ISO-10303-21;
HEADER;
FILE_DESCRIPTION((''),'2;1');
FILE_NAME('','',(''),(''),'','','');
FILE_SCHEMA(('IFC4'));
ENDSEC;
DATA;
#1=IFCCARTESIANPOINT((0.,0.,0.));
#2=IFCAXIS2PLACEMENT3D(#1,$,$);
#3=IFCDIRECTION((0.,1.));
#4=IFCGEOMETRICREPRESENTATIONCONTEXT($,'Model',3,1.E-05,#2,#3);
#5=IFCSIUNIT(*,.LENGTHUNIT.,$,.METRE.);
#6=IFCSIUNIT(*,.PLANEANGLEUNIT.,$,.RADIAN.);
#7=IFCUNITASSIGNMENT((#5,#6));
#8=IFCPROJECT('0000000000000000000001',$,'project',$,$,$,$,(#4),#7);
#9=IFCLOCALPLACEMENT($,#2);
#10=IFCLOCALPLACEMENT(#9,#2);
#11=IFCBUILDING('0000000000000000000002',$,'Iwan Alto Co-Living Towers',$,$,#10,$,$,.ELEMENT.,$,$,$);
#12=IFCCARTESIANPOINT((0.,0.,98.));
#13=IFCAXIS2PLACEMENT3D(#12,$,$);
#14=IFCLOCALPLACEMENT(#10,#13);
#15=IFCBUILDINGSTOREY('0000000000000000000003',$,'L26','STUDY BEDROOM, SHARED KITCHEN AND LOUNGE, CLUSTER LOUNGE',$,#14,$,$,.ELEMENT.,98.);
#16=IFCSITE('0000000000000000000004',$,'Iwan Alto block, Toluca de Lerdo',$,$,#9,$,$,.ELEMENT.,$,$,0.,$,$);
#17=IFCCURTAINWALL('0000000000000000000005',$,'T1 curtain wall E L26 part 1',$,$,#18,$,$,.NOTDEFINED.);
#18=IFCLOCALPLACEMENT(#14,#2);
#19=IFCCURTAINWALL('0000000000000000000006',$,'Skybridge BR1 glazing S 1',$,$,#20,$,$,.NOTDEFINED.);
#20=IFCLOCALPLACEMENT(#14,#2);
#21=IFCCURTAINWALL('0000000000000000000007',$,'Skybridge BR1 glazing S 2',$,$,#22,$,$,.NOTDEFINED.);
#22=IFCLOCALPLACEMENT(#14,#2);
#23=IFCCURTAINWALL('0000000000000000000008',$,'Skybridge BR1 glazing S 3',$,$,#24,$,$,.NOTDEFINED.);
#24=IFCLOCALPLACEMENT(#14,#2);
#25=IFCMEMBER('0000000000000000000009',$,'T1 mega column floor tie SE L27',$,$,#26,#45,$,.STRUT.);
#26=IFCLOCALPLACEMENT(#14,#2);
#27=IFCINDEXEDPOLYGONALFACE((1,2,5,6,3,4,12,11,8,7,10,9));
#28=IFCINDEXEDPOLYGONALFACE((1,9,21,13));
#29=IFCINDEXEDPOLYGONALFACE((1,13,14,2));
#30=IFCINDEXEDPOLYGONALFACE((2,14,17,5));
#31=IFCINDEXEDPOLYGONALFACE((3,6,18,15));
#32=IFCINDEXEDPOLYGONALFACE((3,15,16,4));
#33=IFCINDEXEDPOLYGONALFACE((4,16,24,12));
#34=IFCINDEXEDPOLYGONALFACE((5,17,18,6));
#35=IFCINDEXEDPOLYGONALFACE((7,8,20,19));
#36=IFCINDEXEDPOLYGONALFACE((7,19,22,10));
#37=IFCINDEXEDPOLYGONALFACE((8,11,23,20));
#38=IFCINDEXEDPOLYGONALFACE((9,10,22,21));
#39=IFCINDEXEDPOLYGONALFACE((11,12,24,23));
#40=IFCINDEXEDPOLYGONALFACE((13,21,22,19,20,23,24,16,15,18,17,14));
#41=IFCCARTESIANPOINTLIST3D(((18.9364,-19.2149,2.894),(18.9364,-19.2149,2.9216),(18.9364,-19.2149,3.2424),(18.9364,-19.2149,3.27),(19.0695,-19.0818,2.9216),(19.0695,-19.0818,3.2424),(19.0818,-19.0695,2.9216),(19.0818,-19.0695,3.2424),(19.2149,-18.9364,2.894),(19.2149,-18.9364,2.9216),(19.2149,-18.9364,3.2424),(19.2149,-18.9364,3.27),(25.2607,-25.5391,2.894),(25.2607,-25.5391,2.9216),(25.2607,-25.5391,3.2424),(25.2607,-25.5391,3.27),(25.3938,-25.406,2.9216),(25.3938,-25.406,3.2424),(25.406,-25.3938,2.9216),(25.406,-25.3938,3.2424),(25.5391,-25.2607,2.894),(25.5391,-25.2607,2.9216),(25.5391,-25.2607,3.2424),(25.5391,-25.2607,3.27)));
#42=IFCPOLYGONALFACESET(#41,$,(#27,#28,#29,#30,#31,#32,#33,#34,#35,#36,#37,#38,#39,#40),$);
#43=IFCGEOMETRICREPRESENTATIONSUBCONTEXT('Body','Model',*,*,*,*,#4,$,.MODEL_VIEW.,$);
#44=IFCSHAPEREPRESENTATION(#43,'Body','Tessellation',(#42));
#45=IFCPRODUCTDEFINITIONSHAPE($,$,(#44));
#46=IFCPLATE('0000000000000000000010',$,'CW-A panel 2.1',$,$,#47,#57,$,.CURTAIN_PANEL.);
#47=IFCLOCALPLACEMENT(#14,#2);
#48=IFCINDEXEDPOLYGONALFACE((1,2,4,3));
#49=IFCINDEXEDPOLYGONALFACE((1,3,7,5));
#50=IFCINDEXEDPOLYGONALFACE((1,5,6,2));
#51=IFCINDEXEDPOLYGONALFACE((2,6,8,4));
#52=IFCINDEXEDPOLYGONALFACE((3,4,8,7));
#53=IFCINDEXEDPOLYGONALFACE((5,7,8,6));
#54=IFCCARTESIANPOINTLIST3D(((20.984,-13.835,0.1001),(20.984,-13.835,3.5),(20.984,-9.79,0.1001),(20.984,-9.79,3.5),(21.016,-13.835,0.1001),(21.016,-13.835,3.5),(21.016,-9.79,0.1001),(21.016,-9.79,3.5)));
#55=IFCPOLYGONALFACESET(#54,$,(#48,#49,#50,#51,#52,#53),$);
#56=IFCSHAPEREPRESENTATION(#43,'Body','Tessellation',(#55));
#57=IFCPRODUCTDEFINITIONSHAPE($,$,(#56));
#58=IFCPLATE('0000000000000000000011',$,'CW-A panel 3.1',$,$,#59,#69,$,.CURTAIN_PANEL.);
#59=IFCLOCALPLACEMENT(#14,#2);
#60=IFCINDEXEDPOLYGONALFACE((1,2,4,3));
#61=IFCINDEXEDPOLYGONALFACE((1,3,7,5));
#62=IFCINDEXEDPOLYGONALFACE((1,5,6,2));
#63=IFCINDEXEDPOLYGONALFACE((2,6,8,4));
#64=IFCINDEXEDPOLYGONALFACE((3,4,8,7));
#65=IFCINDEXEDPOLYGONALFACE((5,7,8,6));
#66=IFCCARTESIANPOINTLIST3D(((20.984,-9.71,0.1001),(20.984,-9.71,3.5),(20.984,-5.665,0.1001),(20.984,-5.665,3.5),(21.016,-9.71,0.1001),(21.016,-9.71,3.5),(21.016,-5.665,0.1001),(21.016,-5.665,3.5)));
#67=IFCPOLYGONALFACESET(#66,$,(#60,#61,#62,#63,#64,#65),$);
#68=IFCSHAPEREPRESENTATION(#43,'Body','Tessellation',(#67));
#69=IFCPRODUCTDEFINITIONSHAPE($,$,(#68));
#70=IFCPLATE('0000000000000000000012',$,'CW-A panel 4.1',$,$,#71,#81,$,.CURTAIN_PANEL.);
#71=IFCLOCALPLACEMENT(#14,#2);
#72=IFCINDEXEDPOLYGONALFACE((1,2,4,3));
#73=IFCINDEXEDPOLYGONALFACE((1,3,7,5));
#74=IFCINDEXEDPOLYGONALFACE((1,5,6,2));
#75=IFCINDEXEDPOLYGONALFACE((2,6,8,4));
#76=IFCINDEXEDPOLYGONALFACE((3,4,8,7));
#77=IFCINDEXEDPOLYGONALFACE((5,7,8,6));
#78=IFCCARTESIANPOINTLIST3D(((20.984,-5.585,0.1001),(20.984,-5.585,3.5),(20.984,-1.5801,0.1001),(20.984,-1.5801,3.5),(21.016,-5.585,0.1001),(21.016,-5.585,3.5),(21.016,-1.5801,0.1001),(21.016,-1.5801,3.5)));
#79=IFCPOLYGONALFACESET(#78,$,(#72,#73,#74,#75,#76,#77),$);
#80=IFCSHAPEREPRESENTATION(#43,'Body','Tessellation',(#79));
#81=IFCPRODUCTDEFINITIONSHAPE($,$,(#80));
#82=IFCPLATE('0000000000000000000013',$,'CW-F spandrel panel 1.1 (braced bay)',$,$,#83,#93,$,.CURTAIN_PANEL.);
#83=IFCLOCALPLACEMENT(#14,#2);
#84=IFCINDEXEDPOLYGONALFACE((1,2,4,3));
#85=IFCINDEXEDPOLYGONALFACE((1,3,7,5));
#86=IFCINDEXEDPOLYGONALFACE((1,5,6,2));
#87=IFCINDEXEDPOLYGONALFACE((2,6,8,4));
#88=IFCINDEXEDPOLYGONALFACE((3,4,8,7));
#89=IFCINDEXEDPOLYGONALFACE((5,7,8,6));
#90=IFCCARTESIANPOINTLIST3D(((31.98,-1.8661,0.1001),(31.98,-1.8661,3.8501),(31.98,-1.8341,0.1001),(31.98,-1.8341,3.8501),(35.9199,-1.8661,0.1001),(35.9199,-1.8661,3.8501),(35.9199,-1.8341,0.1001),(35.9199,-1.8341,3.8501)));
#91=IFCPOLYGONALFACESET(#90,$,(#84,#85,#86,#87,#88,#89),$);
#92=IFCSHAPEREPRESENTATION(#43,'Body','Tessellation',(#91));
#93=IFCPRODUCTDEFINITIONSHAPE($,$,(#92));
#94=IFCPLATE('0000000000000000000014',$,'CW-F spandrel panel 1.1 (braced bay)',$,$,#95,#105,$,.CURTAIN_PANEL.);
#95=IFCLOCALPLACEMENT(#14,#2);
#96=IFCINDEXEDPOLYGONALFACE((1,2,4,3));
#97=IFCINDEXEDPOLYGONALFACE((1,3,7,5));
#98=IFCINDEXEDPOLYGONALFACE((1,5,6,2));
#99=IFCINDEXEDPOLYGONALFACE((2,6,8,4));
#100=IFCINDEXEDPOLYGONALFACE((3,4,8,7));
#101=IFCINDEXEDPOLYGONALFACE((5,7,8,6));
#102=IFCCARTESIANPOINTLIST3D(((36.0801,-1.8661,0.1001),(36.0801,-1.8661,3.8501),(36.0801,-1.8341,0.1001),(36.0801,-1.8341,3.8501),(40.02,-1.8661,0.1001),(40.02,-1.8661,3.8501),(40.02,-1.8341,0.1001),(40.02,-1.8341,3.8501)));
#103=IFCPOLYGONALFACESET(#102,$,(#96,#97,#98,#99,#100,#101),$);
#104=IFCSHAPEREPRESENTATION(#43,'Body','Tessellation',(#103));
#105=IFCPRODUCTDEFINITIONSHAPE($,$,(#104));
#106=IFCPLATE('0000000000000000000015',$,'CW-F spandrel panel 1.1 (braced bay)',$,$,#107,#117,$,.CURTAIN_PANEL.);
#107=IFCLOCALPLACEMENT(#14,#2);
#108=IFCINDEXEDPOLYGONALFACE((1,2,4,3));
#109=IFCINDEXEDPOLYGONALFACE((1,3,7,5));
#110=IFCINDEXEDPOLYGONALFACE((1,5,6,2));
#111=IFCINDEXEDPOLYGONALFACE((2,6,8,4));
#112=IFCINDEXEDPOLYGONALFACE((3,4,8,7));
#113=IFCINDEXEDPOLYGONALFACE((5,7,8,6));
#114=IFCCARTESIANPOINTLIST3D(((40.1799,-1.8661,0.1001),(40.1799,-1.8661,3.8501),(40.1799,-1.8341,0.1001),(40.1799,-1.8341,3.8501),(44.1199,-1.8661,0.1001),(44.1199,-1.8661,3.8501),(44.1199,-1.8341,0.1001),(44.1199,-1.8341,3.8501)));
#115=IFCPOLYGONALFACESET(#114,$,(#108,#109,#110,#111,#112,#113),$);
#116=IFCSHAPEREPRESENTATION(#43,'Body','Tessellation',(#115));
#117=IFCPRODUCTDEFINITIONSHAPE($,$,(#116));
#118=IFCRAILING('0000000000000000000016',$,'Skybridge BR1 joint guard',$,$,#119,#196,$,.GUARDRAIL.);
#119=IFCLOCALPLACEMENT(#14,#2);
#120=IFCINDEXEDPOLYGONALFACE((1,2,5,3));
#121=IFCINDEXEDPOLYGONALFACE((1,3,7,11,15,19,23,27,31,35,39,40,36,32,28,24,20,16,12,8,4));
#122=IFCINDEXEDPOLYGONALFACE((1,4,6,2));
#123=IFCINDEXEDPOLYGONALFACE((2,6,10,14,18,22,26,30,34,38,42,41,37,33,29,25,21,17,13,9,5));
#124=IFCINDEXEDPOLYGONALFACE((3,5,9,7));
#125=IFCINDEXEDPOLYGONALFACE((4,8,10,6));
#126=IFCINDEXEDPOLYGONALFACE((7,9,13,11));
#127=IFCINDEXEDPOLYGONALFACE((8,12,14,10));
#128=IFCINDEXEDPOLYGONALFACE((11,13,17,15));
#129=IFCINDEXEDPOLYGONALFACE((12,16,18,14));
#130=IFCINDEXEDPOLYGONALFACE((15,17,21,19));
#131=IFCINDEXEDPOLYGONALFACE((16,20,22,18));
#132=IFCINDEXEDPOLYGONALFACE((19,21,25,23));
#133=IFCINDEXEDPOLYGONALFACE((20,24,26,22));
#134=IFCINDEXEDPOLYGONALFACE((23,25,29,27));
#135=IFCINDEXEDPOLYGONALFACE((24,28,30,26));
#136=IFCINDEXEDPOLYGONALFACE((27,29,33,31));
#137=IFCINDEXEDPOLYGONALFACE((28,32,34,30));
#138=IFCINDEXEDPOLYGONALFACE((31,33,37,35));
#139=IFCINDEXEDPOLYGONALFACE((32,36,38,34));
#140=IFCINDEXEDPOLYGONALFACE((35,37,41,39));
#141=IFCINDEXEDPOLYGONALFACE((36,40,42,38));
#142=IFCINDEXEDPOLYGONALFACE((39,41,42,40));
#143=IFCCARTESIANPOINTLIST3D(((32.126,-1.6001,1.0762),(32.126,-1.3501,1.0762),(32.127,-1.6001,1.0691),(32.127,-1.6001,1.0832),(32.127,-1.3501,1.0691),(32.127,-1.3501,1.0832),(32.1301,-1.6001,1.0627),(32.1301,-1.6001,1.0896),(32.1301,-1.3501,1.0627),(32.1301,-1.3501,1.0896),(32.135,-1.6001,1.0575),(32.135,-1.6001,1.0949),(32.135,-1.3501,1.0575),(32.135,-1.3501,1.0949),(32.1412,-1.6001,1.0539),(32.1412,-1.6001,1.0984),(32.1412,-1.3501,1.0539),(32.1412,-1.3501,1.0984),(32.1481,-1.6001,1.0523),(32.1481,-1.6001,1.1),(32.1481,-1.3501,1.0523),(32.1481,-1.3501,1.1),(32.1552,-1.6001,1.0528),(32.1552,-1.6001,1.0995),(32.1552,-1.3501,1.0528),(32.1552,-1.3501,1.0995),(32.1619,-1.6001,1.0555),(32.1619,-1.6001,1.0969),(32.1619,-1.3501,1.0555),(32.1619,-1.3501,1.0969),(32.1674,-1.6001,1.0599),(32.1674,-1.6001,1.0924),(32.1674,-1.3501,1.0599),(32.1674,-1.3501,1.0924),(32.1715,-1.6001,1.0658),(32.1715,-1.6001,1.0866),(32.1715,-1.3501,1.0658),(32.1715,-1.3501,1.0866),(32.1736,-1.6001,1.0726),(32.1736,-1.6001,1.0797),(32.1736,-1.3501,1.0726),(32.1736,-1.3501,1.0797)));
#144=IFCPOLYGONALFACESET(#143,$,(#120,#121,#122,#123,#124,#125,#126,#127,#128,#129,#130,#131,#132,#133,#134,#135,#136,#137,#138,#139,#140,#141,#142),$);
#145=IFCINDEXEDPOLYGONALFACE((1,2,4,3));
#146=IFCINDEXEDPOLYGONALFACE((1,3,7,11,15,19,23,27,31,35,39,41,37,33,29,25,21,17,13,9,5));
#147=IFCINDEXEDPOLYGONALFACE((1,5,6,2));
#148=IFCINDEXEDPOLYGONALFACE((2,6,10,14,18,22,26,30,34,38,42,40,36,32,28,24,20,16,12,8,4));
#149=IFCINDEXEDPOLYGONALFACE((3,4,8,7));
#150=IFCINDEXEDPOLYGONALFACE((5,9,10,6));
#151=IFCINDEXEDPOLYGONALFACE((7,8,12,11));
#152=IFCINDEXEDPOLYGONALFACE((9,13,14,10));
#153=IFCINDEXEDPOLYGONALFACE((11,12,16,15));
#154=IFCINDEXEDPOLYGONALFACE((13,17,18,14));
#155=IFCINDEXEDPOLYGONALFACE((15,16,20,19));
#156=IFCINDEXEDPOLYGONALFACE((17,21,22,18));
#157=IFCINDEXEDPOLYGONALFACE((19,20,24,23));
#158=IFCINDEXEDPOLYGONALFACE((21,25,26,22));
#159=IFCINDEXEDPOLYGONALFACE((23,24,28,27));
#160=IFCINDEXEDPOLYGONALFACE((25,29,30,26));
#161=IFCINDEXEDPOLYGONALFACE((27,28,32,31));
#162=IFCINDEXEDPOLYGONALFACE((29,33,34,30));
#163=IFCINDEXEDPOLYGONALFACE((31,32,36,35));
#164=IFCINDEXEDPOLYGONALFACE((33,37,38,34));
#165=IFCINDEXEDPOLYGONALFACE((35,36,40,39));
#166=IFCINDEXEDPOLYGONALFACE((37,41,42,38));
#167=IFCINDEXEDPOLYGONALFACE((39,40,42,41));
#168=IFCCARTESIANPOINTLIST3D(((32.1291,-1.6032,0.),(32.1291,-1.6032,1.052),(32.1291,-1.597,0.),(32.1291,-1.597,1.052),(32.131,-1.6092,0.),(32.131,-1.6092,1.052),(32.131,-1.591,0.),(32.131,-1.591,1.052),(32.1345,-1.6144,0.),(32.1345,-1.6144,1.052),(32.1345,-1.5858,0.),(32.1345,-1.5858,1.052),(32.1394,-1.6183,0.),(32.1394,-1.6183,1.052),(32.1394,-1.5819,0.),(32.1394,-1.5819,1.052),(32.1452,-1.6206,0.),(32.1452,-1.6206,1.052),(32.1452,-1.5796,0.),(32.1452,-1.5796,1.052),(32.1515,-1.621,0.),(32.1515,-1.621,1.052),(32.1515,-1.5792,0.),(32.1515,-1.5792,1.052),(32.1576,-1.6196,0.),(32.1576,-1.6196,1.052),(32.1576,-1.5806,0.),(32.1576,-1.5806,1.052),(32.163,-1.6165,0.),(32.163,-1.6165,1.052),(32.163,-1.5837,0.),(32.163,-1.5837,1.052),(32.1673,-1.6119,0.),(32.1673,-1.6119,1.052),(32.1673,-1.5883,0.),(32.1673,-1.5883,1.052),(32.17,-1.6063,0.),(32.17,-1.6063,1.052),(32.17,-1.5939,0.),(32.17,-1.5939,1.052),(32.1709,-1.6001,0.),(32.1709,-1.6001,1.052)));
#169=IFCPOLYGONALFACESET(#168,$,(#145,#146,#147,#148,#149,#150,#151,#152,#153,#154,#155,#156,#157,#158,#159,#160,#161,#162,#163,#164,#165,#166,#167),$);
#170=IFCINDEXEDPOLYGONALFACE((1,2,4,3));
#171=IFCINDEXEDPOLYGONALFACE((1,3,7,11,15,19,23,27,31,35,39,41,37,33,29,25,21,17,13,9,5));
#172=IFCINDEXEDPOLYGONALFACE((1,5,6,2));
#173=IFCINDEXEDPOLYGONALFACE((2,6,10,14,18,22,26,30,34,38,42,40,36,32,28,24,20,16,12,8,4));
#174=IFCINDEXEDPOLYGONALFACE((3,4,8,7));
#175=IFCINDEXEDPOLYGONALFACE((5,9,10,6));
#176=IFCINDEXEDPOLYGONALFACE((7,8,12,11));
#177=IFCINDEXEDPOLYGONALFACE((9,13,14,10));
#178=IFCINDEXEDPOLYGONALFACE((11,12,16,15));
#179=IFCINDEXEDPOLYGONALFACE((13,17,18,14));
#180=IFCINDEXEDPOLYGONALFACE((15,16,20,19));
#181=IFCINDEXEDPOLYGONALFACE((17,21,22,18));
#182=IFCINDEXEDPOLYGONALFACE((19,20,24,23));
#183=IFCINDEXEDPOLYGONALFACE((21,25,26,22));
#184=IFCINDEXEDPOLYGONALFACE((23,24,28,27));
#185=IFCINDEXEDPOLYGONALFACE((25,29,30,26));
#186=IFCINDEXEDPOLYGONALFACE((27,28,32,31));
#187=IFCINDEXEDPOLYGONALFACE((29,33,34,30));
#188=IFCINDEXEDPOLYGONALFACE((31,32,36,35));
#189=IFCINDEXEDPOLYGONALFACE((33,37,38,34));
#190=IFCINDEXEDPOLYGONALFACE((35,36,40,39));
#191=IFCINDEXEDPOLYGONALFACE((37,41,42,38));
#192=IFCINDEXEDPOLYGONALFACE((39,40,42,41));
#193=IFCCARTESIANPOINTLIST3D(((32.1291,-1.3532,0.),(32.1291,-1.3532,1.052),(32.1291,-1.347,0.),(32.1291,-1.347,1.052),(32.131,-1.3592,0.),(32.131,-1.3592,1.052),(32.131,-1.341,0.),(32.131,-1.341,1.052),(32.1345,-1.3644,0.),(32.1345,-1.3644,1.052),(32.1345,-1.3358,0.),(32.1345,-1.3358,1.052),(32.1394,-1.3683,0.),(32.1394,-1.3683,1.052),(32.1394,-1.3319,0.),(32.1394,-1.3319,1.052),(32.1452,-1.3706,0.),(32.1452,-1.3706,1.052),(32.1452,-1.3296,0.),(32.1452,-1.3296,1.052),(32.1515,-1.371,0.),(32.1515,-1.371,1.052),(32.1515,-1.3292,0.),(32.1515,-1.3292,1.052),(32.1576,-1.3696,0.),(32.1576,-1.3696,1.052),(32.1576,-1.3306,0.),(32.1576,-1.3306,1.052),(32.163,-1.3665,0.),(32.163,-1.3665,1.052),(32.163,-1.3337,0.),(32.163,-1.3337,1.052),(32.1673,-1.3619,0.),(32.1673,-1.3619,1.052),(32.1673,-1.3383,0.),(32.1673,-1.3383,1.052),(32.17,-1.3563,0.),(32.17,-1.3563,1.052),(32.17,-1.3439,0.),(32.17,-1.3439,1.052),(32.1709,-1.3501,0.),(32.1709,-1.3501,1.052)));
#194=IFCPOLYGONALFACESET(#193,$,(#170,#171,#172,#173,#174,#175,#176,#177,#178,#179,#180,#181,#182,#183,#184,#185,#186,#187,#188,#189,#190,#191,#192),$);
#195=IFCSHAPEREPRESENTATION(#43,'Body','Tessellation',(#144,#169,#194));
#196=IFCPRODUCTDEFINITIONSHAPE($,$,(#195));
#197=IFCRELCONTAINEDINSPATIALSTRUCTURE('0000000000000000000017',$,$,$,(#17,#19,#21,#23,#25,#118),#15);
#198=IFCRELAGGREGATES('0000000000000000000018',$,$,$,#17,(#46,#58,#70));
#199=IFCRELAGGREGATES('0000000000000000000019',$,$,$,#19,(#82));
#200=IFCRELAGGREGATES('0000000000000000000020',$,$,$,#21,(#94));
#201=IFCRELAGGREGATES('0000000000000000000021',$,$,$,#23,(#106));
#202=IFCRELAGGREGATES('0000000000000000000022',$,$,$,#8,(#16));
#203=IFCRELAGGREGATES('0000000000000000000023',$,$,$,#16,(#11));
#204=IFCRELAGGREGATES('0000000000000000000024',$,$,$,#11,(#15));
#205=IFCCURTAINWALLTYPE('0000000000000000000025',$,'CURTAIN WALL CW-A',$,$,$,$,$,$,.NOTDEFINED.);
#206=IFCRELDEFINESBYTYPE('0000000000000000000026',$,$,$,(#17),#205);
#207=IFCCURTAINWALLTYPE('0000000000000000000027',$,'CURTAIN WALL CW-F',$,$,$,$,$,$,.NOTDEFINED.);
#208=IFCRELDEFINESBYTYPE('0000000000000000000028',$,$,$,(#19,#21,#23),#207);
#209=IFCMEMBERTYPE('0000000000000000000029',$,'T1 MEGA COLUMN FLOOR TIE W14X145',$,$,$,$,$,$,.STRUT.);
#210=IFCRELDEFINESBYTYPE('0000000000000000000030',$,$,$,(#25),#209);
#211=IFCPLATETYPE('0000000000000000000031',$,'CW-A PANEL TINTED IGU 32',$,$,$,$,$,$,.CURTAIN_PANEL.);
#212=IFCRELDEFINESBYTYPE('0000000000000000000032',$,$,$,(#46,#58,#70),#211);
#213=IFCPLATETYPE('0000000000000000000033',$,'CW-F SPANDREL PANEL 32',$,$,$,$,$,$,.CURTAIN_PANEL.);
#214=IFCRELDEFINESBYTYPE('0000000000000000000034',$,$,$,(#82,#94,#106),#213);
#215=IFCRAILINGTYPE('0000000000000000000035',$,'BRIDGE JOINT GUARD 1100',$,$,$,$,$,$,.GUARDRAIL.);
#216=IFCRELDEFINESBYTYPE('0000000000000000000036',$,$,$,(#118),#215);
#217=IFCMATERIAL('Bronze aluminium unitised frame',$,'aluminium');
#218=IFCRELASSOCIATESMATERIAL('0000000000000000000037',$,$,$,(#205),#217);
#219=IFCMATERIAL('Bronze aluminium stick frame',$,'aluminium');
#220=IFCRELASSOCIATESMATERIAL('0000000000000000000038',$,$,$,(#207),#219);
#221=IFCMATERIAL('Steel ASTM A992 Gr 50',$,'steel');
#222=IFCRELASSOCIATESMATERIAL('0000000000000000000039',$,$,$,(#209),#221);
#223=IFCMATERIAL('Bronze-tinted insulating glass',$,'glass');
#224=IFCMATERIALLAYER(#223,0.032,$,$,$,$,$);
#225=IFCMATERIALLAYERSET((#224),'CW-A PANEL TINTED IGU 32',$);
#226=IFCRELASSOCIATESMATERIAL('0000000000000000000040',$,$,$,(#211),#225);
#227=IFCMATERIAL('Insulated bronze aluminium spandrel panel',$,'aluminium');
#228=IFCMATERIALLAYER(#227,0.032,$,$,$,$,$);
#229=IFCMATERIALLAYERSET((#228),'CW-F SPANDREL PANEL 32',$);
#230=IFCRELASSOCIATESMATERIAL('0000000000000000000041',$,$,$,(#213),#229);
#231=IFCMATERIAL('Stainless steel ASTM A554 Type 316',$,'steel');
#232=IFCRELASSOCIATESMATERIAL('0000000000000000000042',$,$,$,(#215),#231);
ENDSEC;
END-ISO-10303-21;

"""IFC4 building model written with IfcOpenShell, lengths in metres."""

from ifc_helpers import new_model, si_unit, direction, frame, origin, origin_2d, place, context, subcontext, project, spatial, rectangle, circle, i_section, extrude, material, layer, layer_set, material_profile, profile_set, type_object, element, aggregate, save


model = new_model("IFC4")

# Units and contexts
model_context = context("Model", 3, precision=1e-05, world=origin(), true_north=direction((0.0, 1.0)))
body_context = subcontext(model_context, "Body", "Model", "MODEL_VIEW")
ifc_project = project(units=[si_unit("LENGTHUNIT", "METRE"), si_unit("PLANEANGLEUNIT", "RADIAN")], contexts=[model_context])

# Site, building, storey
site_placement = place(None, origin())
site = spatial("IfcSite", under=ifc_project, at=site_placement, Name="Iwan Alto block, Toluca de Lerdo", CompositionType="ELEMENT", RefElevation=0.0)
building_placement = place(site_placement, origin())
building = spatial("IfcBuilding", under=site, at=building_placement, Name="Iwan Alto Co-Living Towers", CompositionType="ELEMENT")
storey_placement = place(building_placement, frame((0.0, 0.0, 98.0)))
storey = spatial("IfcBuildingStorey", under=building, at=storey_placement, Name="L26", Description="STUDY BEDROOM, SHARED KITCHEN AND LOUNGE, CLUSTER LOUNGE", CompositionType="ELEMENT", Elevation=98.0)

# Curtain walls
ifc_material_1 = material(Name="Bronze aluminium unitised frame", Category="aluminium")
curtain_wall_type_1 = type_object("IfcCurtainWallType", Name="CURTAIN WALL CW-A", PredefinedType="NOTDEFINED", material=ifc_material_1)
curtain_wall_1_placement = place(storey_placement, origin())
curtain_wall_1 = element("IfcCurtainWall", 1, at=curtain_wall_1_placement, inside=storey, type_object=curtain_wall_type_1, Name="T1 curtain wall E L26 part 1", PredefinedType="NOTDEFINED")
ifc_material_2 = material(Name="Bronze aluminium stick frame", Category="aluminium")
curtain_wall_type_2 = type_object("IfcCurtainWallType", Name="CURTAIN WALL CW-F", PredefinedType="NOTDEFINED", material=ifc_material_2)
curtain_wall_2_placement = place(storey_placement, origin())
curtain_wall_2 = element("IfcCurtainWall", 2, at=curtain_wall_2_placement, inside=storey, type_object=curtain_wall_type_2, Name="Skybridge BR1 glazing S 1", PredefinedType="NOTDEFINED")
curtain_wall_3_placement = place(storey_placement, origin())
curtain_wall_3 = element("IfcCurtainWall", 3, at=curtain_wall_3_placement, inside=storey, type_object=curtain_wall_type_2, Name="Skybridge BR1 glazing S 2", PredefinedType="NOTDEFINED")
curtain_wall_4_placement = place(storey_placement, origin())
curtain_wall_4 = element("IfcCurtainWall", 4, at=curtain_wall_4_placement, inside=storey, type_object=curtain_wall_type_2, Name="Skybridge BR1 glazing S 3", PredefinedType="NOTDEFINED")

# Member
ifc_material_3 = material(Name="Steel ASTM A992 Gr 50", Category="steel")
ifc_material_profile_1 = material_profile(ifc_material_3, i_section(OverallWidth=0.3938, OverallDepth=0.376, WebThickness=0.0173, FlangeThickness=0.0276, at=origin_2d()), Name="W14X145")
ifc_profile_set_1 = profile_set([ifc_material_profile_1], Name="Steel ASTM A992 Gr 50")
member_type_1 = type_object("IfcMemberType", Name="T1 MEGA COLUMN FLOOR TIE W14X145", PredefinedType="STRUT", material=ifc_profile_set_1)
member_1_placement = place(storey_placement, frame((25.3999, -25.3999, 3.082), z_axis=(-0.707107, 0.707107, 0.0), x_axis=(-0.707107, -0.707107, 0.0)))
element("IfcMember", 5, at=member_1_placement, inside=storey, type_object=member_type_1, Name="T1 mega column floor tie SE L27", PredefinedType="STRUT", context=body_context, shape_type="SweptSolid", body=[
    extrude(i_section(OverallWidth=0.3938, OverallDepth=0.376, WebThickness=0.0173, FlangeThickness=0.0276, at=origin_2d()), origin(), (0.0, 0.0, 1.0), 8.9438),
])

# Plates
ifc_material_4 = material(Name="Bronze-tinted insulating glass", Category="glass")
ifc_layer_1 = layer(ifc_material_4, 0.032)
ifc_layer_set_1 = layer_set([ifc_layer_1], Name="CW-A PANEL TINTED IGU 32")
plate_type_1 = type_object("IfcPlateType", Name="CW-A PANEL TINTED IGU 32", PredefinedType="CURTAIN_PANEL", material=ifc_layer_set_1)
plate_1_placement = place(storey_placement, frame((21.0, -11.8125, 0.1001), z_axis=(0.0, 0.0, 1.0), x_axis=(0.0, 1.0, 0.0)))
plate_1 = element("IfcPlate", 6, at=plate_1_placement, type_object=plate_type_1, Name="CW-A panel 2.1", PredefinedType="CURTAIN_PANEL", context=body_context, shape_type="SweptSolid", body=[
    extrude(rectangle(XDim=4.0449, YDim=0.032, at=origin_2d()), origin(), (0.0, 0.0, 1.0), 3.3999),
])
plate_2_placement = place(storey_placement, frame((21.0, -7.6875, 0.1001), z_axis=(0.0, 0.0, 1.0), x_axis=(0.0, 1.0, 0.0)))
plate_2 = element("IfcPlate", 7, at=plate_2_placement, type_object=plate_type_1, Name="CW-A panel 3.1", PredefinedType="CURTAIN_PANEL", context=body_context, shape_type="SweptSolid", body=[
    extrude(rectangle(XDim=4.0449, YDim=0.032, at=origin_2d()), origin(), (0.0, 0.0, 1.0), 3.3999),
])
plate_3_placement = place(storey_placement, frame((21.0, -3.5825, 0.1001), z_axis=(0.0, 0.0, 1.0), x_axis=(0.0, 1.0, 0.0)))
plate_3 = element("IfcPlate", 8, at=plate_3_placement, type_object=plate_type_1, Name="CW-A panel 4.1", PredefinedType="CURTAIN_PANEL", context=body_context, shape_type="SweptSolid", body=[
    extrude(rectangle(XDim=4.0049, YDim=0.032, at=origin_2d()), origin(), (0.0, 0.0, 1.0), 3.3999),
])
aggregate(curtain_wall_1, [plate_1, plate_2, plate_3])
ifc_material_5 = material(Name="Insulated bronze aluminium spandrel panel", Category="aluminium")
ifc_layer_2 = layer(ifc_material_5, 0.032)
ifc_layer_set_2 = layer_set([ifc_layer_2], Name="CW-F SPANDREL PANEL 32")
plate_type_2 = type_object("IfcPlateType", Name="CW-F SPANDREL PANEL 32", PredefinedType="CURTAIN_PANEL", material=ifc_layer_set_2)
plate_4_placement = place(storey_placement, frame((33.95, -1.8501, 0.1001), z_axis=(0.0, 0.0, 1.0), x_axis=(1.0, 0.0, 0.0)))
plate_4 = element("IfcPlate", 9, at=plate_4_placement, type_object=plate_type_2, Name="CW-F spandrel panel 1.1 (braced bay)", PredefinedType="CURTAIN_PANEL", context=body_context, shape_type="SweptSolid", body=[
    extrude(rectangle(XDim=3.9399, YDim=0.032, at=origin_2d()), origin(), (0.0, 0.0, 1.0), 3.75),
])
aggregate(curtain_wall_2, [plate_4])
plate_5_placement = place(storey_placement, frame((38.05, -1.8501, 0.1001), z_axis=(0.0, 0.0, 1.0), x_axis=(1.0, 0.0, 0.0)))
plate_5 = element("IfcPlate", 10, at=plate_5_placement, type_object=plate_type_2, Name="CW-F spandrel panel 1.1 (braced bay)", PredefinedType="CURTAIN_PANEL", context=body_context, shape_type="SweptSolid", body=[
    extrude(rectangle(XDim=3.9399, YDim=0.032, at=origin_2d()), origin(), (0.0, 0.0, 1.0), 3.75),
])
aggregate(curtain_wall_3, [plate_5])
plate_6_placement = place(storey_placement, frame((42.1499, -1.8501, 0.1001), z_axis=(0.0, 0.0, 1.0), x_axis=(1.0, 0.0, 0.0)))
plate_6 = element("IfcPlate", 11, at=plate_6_placement, type_object=plate_type_2, Name="CW-F spandrel panel 1.1 (braced bay)", PredefinedType="CURTAIN_PANEL", context=body_context, shape_type="SweptSolid", body=[
    extrude(rectangle(XDim=3.9399, YDim=0.032, at=origin_2d()), origin(), (0.0, 0.0, 1.0), 3.75),
])
aggregate(curtain_wall_4, [plate_6])

# Railing
ifc_material_6 = material(Name="Stainless steel ASTM A554 Type 316", Category="steel")
railing_type = type_object("IfcRailingType", Name="BRIDGE JOINT GUARD 1100", PredefinedType="GUARDRAIL", material=ifc_material_6)
railing_placement = place(storey_placement, frame((32.1499, -1.6001, 0.0)))
element("IfcRailing", 12, at=railing_placement, inside=storey, type_object=railing_type, Name="Skybridge BR1 joint guard", PredefinedType="GUARDRAIL", context=body_context, shape_type="SweptSolid", body=[
    extrude(circle(Radius=0.0239, at=origin_2d()), frame((0.0, 0.0, 1.0762), z_axis=(0.0, 1.0, 0.0), x_axis=(-1.0, 0.0, 0.0)), (0.0, 0.0, 1.0), 0.25),
    extrude(circle(Radius=0.021, at=origin_2d()), origin(), (0.0, 0.0, 1.0), 1.052),
    extrude(circle(Radius=0.021, at=origin_2d()), frame((0.0, 0.25, 0.0)), (0.0, 0.0, 1.0), 1.052),
])

save(model, "model.ifc")
